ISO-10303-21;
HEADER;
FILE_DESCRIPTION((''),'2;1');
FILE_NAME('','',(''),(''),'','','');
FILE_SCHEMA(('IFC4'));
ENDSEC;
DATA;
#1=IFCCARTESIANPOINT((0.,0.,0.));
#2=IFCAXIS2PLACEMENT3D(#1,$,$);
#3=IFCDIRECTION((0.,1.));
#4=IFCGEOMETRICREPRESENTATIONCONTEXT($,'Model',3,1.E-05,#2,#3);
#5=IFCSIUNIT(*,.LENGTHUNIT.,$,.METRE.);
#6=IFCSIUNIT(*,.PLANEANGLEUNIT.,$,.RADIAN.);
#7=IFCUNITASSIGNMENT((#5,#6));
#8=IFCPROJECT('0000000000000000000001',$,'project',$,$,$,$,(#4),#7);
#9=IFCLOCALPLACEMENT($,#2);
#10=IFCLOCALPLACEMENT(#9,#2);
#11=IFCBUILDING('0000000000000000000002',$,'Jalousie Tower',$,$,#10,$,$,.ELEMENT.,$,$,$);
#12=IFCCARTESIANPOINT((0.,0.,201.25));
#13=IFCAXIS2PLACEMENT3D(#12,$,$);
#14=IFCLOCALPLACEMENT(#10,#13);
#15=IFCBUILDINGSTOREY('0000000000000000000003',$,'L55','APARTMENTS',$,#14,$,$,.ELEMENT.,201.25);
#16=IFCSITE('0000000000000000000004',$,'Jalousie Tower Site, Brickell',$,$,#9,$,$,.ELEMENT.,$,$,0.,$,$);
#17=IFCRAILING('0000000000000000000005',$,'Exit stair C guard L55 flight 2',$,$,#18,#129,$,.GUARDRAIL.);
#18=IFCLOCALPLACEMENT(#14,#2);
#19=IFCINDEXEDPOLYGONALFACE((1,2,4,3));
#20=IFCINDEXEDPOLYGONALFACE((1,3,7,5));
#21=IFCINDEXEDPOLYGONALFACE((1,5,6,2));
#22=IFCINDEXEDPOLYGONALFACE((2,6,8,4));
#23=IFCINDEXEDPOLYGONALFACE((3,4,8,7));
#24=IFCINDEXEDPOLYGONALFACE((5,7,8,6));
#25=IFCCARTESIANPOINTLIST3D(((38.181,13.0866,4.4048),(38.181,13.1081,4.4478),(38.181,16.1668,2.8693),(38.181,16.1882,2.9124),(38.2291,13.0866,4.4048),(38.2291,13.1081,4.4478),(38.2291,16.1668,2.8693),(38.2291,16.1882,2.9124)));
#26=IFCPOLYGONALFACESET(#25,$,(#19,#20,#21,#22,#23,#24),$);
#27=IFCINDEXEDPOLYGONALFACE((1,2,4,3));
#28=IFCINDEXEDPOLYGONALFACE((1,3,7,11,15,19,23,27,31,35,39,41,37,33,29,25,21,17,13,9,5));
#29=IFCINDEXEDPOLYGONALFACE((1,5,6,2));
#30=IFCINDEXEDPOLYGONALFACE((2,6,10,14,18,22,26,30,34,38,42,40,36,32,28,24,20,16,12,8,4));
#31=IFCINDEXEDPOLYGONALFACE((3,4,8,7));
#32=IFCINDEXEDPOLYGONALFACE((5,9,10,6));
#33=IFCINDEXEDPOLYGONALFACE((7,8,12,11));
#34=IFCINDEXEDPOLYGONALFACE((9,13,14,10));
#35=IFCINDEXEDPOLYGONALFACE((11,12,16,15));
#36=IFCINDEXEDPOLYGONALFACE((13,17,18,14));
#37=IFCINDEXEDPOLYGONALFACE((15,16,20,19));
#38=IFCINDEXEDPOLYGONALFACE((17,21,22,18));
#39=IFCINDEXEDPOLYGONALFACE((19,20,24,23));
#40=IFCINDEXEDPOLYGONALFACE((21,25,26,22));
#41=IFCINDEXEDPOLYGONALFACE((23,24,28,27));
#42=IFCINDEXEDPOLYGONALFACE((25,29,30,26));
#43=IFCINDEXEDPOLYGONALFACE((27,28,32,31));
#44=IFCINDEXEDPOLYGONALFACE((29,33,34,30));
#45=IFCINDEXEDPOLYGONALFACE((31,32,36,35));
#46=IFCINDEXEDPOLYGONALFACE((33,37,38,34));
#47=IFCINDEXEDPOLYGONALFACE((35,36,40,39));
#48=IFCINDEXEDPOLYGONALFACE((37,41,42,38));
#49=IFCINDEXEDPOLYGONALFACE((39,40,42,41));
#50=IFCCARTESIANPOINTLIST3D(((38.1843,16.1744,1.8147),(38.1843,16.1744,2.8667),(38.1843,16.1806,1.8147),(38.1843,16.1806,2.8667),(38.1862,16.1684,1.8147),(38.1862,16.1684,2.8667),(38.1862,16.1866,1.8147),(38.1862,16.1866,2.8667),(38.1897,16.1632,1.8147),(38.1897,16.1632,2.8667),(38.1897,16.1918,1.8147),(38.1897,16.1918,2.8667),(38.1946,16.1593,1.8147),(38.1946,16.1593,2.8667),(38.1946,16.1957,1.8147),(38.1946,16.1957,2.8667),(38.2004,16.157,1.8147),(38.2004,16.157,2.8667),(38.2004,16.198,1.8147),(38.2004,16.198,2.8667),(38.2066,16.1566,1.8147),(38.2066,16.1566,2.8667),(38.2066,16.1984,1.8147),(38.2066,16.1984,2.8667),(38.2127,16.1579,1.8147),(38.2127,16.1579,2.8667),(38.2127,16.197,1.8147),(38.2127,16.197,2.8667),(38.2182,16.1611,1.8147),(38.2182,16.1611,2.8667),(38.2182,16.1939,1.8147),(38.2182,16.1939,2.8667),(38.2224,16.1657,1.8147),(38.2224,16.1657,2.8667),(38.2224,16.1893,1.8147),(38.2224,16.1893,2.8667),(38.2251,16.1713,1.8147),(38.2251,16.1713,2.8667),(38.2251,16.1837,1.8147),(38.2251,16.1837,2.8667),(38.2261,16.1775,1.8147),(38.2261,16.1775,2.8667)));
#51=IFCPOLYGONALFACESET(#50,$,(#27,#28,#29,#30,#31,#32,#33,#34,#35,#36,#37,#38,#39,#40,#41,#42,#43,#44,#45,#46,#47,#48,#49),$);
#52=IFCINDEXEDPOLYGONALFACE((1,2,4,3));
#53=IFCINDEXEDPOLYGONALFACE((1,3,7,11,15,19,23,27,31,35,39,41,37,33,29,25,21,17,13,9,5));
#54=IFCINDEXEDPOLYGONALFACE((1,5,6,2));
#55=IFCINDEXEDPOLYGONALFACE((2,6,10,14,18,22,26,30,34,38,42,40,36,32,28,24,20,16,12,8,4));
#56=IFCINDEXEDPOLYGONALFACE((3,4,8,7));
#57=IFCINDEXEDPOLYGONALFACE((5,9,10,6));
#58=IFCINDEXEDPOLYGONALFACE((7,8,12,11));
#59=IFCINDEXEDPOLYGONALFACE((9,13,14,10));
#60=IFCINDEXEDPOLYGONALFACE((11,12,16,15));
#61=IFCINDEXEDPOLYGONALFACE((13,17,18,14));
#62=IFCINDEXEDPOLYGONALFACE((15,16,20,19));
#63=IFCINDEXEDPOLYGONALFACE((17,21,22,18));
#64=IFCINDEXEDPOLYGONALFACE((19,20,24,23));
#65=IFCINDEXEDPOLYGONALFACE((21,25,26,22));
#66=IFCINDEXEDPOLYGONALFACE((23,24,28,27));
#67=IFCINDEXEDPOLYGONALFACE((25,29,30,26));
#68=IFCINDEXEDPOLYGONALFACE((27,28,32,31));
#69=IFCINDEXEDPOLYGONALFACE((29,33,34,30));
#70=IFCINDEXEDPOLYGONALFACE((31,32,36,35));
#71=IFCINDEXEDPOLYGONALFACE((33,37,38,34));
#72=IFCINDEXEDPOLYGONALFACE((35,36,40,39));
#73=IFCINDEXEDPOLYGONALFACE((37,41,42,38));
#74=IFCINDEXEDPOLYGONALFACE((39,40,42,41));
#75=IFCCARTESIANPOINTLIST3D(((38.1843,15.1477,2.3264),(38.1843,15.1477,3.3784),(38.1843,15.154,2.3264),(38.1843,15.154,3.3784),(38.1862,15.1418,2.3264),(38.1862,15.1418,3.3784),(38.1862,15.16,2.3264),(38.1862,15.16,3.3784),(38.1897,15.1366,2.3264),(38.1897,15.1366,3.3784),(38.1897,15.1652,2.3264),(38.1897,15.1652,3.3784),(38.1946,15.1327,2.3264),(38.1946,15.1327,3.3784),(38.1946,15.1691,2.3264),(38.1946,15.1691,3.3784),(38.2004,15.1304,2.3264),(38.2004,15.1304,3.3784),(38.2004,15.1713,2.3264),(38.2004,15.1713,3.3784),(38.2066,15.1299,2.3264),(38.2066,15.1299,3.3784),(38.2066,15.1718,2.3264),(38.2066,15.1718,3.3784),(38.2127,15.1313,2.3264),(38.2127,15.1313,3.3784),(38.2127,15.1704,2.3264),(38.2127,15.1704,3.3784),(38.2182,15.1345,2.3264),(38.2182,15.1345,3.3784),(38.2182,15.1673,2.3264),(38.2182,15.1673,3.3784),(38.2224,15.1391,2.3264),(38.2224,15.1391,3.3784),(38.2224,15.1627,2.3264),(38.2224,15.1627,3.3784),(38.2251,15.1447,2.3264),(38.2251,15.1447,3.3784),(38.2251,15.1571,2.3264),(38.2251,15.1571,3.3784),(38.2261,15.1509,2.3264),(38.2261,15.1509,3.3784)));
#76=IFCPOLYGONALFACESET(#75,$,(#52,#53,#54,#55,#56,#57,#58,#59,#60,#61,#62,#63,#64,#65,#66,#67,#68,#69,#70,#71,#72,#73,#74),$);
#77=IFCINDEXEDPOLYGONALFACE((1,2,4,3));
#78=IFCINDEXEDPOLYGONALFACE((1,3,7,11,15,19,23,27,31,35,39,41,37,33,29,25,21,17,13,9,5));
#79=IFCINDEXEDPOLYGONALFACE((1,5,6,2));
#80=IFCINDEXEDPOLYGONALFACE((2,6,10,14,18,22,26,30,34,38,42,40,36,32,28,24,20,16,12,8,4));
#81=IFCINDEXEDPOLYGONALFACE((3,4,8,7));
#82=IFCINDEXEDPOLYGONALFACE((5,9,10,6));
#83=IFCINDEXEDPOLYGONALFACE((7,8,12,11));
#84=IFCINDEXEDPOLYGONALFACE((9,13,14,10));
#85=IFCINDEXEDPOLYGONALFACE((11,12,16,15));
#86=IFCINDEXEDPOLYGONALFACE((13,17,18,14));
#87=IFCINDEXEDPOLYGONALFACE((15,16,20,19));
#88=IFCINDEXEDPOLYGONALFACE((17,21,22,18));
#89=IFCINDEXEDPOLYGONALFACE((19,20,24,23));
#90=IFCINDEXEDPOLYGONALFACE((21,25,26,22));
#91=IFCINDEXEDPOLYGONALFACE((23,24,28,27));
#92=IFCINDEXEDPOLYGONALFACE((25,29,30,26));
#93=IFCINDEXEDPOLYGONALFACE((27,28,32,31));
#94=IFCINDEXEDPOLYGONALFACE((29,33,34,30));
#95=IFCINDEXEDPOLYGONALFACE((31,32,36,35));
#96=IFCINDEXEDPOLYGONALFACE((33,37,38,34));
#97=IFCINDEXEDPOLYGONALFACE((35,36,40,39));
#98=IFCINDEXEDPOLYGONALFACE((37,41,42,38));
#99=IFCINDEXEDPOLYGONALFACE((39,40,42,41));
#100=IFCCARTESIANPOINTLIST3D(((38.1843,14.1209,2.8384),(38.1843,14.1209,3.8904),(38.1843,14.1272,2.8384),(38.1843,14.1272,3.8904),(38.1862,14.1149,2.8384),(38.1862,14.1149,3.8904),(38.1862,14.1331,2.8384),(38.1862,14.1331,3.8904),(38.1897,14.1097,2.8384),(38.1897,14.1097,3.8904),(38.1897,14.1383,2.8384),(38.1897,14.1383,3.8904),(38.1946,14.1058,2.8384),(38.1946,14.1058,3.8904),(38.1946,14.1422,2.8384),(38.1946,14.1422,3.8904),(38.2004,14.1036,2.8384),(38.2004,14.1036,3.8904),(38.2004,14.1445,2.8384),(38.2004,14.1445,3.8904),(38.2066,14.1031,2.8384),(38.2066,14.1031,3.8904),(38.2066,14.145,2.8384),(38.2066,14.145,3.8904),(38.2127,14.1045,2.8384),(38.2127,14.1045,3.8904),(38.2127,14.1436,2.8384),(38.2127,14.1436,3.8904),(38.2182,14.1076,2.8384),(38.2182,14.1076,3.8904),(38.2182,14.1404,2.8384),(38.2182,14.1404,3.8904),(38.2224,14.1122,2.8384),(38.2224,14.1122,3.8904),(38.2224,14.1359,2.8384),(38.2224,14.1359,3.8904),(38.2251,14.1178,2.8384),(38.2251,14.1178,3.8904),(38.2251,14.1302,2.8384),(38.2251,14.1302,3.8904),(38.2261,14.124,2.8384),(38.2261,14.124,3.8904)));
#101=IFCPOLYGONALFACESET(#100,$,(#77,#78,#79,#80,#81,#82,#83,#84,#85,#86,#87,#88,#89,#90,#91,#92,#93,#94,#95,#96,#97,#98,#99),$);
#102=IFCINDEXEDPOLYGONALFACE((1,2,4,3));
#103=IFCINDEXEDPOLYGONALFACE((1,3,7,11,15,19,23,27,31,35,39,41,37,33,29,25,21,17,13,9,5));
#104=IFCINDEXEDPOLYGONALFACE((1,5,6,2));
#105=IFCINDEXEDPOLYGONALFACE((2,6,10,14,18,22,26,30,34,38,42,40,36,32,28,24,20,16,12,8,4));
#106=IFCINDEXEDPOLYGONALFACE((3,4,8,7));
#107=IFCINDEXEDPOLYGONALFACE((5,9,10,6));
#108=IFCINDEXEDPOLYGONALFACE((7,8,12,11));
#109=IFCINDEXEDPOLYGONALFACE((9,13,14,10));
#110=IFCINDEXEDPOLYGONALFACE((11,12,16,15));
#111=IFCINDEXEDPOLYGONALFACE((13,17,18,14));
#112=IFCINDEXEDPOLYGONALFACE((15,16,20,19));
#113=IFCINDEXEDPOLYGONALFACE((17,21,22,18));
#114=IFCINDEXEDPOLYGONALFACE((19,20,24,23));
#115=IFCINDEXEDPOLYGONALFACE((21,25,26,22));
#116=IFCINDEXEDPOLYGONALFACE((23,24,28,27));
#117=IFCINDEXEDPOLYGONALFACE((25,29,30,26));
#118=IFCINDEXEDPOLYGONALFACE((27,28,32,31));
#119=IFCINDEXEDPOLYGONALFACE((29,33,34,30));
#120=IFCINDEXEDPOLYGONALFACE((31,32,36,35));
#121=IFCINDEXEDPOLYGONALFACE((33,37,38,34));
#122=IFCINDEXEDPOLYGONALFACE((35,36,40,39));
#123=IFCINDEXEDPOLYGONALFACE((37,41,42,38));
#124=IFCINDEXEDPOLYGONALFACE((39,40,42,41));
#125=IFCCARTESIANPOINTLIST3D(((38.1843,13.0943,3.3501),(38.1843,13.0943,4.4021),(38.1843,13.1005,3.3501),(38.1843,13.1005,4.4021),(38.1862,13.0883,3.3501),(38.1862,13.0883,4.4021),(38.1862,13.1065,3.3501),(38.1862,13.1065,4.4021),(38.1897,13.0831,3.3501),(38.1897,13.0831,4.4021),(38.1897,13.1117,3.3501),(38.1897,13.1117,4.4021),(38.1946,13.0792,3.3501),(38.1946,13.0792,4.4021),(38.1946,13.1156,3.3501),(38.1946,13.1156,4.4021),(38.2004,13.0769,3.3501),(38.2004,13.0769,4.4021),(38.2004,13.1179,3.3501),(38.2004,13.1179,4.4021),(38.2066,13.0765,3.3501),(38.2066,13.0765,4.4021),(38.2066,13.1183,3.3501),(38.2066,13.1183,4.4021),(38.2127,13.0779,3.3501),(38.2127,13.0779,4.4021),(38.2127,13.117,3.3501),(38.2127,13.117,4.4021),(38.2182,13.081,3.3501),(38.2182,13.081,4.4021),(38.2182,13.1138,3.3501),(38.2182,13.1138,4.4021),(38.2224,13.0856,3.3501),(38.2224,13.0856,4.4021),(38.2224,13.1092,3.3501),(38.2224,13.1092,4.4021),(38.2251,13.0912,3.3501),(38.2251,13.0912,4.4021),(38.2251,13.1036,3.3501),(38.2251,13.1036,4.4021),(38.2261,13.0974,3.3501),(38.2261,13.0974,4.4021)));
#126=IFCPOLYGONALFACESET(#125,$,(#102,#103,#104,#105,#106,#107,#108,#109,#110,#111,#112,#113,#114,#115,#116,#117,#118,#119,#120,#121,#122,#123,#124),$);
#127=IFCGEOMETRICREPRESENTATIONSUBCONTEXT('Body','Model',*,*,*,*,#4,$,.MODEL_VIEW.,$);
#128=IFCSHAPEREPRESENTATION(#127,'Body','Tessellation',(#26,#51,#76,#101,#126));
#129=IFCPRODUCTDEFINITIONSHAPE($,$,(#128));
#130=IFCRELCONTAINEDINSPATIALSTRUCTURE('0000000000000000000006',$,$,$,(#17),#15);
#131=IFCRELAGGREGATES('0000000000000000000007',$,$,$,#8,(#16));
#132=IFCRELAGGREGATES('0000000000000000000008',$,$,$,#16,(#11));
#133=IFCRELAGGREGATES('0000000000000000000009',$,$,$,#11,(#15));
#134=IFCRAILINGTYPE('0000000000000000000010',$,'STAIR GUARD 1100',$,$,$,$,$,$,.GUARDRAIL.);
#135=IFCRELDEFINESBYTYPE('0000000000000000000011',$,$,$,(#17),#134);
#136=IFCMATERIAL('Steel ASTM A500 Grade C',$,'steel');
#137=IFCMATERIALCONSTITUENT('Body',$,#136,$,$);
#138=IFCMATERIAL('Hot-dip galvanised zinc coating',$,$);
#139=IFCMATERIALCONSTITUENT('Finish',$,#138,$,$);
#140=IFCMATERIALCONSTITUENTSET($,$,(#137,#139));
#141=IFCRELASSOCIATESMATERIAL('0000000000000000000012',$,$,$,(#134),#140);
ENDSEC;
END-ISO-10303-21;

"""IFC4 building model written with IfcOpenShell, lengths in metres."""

from ifc_helpers import new_model, si_unit, direction, frame, origin, origin_2d, place, context, subcontext, project, spatial, rectangle, circle, extrude, material, constituent, constituent_set, type_object, element, save


model = new_model("IFC4")

# Units and contexts
model_context = context("Model", 3, precision=1e-05, world=origin(), true_north=direction((0.0, 1.0)))
body_context = subcontext(model_context, "Body", "Model", "MODEL_VIEW")
ifc_project = project(units=[si_unit("LENGTHUNIT", "METRE"), si_unit("PLANEANGLEUNIT", "RADIAN")], contexts=[model_context])

# Site, building, storey
site_placement = place(None, origin())
site = spatial("IfcSite", under=ifc_project, at=site_placement, Name="Jalousie Tower Site, Brickell", CompositionType="ELEMENT", RefElevation=0.0)
building_placement = place(site_placement, origin())
building = spatial("IfcBuilding", under=site, at=building_placement, Name="Jalousie Tower", CompositionType="ELEMENT")
storey_placement = place(building_placement, frame((0.0, 0.0, 201.25)))
storey = spatial("IfcBuildingStorey", under=building, at=storey_placement, Name="L55", Description="APARTMENTS", CompositionType="ELEMENT", Elevation=201.25)

# Railing
ifc_material_1 = material(Name="Steel ASTM A500 Grade C", Category="steel")
ifc_constituent_1 = constituent(ifc_material_1, Name="Body")
ifc_material_2 = material(Name="Hot-dip galvanised zinc coating")
ifc_constituent_2 = constituent(ifc_material_2, Name="Finish")
ifc_constituent_set_1 = constituent_set(constituents=[ifc_constituent_1, ifc_constituent_2])
railing_type_1 = type_object("IfcRailingType", Name="STAIR GUARD 1100", PredefinedType="GUARDRAIL", material=ifc_constituent_set_1)
railing_1_placement = place(storey_placement, frame((38.2051, 16.1775, 1.8147)))
element("IfcRailing", 1, at=railing_1_placement, inside=storey, type_object=railing_type_1, Name="Exit stair C guard L55 flight 2", PredefinedType="GUARDRAIL", context=body_context, shape_type="SweptSolid", body=[
    extrude(rectangle(XDim=0.0481, YDim=0.0481, at=origin_2d()), frame((0.0, 0.0, 1.0762), z_axis=(0.0, -0.894966, 0.446135), x_axis=(1.0, 0.0, 0.0)), (0.0, 0.0, 1.0), 3.4417),
    extrude(circle(Radius=0.021, at=origin_2d()), origin(), (0.0, 0.0, 1.0), 1.052),
    extrude(circle(Radius=0.021, at=origin_2d()), frame((0.0, -1.0266, 0.5117)), (0.0, 0.0, 1.0), 1.052),
    extrude(circle(Radius=0.021, at=origin_2d()), frame((0.0, -2.0535, 1.0237)), (0.0, 0.0, 1.0), 1.052),
    extrude(circle(Radius=0.021, at=origin_2d()), frame((0.0, -3.0801, 1.5354)), (0.0, 0.0, 1.0), 1.052),
])

save(model, "model.ifc")
